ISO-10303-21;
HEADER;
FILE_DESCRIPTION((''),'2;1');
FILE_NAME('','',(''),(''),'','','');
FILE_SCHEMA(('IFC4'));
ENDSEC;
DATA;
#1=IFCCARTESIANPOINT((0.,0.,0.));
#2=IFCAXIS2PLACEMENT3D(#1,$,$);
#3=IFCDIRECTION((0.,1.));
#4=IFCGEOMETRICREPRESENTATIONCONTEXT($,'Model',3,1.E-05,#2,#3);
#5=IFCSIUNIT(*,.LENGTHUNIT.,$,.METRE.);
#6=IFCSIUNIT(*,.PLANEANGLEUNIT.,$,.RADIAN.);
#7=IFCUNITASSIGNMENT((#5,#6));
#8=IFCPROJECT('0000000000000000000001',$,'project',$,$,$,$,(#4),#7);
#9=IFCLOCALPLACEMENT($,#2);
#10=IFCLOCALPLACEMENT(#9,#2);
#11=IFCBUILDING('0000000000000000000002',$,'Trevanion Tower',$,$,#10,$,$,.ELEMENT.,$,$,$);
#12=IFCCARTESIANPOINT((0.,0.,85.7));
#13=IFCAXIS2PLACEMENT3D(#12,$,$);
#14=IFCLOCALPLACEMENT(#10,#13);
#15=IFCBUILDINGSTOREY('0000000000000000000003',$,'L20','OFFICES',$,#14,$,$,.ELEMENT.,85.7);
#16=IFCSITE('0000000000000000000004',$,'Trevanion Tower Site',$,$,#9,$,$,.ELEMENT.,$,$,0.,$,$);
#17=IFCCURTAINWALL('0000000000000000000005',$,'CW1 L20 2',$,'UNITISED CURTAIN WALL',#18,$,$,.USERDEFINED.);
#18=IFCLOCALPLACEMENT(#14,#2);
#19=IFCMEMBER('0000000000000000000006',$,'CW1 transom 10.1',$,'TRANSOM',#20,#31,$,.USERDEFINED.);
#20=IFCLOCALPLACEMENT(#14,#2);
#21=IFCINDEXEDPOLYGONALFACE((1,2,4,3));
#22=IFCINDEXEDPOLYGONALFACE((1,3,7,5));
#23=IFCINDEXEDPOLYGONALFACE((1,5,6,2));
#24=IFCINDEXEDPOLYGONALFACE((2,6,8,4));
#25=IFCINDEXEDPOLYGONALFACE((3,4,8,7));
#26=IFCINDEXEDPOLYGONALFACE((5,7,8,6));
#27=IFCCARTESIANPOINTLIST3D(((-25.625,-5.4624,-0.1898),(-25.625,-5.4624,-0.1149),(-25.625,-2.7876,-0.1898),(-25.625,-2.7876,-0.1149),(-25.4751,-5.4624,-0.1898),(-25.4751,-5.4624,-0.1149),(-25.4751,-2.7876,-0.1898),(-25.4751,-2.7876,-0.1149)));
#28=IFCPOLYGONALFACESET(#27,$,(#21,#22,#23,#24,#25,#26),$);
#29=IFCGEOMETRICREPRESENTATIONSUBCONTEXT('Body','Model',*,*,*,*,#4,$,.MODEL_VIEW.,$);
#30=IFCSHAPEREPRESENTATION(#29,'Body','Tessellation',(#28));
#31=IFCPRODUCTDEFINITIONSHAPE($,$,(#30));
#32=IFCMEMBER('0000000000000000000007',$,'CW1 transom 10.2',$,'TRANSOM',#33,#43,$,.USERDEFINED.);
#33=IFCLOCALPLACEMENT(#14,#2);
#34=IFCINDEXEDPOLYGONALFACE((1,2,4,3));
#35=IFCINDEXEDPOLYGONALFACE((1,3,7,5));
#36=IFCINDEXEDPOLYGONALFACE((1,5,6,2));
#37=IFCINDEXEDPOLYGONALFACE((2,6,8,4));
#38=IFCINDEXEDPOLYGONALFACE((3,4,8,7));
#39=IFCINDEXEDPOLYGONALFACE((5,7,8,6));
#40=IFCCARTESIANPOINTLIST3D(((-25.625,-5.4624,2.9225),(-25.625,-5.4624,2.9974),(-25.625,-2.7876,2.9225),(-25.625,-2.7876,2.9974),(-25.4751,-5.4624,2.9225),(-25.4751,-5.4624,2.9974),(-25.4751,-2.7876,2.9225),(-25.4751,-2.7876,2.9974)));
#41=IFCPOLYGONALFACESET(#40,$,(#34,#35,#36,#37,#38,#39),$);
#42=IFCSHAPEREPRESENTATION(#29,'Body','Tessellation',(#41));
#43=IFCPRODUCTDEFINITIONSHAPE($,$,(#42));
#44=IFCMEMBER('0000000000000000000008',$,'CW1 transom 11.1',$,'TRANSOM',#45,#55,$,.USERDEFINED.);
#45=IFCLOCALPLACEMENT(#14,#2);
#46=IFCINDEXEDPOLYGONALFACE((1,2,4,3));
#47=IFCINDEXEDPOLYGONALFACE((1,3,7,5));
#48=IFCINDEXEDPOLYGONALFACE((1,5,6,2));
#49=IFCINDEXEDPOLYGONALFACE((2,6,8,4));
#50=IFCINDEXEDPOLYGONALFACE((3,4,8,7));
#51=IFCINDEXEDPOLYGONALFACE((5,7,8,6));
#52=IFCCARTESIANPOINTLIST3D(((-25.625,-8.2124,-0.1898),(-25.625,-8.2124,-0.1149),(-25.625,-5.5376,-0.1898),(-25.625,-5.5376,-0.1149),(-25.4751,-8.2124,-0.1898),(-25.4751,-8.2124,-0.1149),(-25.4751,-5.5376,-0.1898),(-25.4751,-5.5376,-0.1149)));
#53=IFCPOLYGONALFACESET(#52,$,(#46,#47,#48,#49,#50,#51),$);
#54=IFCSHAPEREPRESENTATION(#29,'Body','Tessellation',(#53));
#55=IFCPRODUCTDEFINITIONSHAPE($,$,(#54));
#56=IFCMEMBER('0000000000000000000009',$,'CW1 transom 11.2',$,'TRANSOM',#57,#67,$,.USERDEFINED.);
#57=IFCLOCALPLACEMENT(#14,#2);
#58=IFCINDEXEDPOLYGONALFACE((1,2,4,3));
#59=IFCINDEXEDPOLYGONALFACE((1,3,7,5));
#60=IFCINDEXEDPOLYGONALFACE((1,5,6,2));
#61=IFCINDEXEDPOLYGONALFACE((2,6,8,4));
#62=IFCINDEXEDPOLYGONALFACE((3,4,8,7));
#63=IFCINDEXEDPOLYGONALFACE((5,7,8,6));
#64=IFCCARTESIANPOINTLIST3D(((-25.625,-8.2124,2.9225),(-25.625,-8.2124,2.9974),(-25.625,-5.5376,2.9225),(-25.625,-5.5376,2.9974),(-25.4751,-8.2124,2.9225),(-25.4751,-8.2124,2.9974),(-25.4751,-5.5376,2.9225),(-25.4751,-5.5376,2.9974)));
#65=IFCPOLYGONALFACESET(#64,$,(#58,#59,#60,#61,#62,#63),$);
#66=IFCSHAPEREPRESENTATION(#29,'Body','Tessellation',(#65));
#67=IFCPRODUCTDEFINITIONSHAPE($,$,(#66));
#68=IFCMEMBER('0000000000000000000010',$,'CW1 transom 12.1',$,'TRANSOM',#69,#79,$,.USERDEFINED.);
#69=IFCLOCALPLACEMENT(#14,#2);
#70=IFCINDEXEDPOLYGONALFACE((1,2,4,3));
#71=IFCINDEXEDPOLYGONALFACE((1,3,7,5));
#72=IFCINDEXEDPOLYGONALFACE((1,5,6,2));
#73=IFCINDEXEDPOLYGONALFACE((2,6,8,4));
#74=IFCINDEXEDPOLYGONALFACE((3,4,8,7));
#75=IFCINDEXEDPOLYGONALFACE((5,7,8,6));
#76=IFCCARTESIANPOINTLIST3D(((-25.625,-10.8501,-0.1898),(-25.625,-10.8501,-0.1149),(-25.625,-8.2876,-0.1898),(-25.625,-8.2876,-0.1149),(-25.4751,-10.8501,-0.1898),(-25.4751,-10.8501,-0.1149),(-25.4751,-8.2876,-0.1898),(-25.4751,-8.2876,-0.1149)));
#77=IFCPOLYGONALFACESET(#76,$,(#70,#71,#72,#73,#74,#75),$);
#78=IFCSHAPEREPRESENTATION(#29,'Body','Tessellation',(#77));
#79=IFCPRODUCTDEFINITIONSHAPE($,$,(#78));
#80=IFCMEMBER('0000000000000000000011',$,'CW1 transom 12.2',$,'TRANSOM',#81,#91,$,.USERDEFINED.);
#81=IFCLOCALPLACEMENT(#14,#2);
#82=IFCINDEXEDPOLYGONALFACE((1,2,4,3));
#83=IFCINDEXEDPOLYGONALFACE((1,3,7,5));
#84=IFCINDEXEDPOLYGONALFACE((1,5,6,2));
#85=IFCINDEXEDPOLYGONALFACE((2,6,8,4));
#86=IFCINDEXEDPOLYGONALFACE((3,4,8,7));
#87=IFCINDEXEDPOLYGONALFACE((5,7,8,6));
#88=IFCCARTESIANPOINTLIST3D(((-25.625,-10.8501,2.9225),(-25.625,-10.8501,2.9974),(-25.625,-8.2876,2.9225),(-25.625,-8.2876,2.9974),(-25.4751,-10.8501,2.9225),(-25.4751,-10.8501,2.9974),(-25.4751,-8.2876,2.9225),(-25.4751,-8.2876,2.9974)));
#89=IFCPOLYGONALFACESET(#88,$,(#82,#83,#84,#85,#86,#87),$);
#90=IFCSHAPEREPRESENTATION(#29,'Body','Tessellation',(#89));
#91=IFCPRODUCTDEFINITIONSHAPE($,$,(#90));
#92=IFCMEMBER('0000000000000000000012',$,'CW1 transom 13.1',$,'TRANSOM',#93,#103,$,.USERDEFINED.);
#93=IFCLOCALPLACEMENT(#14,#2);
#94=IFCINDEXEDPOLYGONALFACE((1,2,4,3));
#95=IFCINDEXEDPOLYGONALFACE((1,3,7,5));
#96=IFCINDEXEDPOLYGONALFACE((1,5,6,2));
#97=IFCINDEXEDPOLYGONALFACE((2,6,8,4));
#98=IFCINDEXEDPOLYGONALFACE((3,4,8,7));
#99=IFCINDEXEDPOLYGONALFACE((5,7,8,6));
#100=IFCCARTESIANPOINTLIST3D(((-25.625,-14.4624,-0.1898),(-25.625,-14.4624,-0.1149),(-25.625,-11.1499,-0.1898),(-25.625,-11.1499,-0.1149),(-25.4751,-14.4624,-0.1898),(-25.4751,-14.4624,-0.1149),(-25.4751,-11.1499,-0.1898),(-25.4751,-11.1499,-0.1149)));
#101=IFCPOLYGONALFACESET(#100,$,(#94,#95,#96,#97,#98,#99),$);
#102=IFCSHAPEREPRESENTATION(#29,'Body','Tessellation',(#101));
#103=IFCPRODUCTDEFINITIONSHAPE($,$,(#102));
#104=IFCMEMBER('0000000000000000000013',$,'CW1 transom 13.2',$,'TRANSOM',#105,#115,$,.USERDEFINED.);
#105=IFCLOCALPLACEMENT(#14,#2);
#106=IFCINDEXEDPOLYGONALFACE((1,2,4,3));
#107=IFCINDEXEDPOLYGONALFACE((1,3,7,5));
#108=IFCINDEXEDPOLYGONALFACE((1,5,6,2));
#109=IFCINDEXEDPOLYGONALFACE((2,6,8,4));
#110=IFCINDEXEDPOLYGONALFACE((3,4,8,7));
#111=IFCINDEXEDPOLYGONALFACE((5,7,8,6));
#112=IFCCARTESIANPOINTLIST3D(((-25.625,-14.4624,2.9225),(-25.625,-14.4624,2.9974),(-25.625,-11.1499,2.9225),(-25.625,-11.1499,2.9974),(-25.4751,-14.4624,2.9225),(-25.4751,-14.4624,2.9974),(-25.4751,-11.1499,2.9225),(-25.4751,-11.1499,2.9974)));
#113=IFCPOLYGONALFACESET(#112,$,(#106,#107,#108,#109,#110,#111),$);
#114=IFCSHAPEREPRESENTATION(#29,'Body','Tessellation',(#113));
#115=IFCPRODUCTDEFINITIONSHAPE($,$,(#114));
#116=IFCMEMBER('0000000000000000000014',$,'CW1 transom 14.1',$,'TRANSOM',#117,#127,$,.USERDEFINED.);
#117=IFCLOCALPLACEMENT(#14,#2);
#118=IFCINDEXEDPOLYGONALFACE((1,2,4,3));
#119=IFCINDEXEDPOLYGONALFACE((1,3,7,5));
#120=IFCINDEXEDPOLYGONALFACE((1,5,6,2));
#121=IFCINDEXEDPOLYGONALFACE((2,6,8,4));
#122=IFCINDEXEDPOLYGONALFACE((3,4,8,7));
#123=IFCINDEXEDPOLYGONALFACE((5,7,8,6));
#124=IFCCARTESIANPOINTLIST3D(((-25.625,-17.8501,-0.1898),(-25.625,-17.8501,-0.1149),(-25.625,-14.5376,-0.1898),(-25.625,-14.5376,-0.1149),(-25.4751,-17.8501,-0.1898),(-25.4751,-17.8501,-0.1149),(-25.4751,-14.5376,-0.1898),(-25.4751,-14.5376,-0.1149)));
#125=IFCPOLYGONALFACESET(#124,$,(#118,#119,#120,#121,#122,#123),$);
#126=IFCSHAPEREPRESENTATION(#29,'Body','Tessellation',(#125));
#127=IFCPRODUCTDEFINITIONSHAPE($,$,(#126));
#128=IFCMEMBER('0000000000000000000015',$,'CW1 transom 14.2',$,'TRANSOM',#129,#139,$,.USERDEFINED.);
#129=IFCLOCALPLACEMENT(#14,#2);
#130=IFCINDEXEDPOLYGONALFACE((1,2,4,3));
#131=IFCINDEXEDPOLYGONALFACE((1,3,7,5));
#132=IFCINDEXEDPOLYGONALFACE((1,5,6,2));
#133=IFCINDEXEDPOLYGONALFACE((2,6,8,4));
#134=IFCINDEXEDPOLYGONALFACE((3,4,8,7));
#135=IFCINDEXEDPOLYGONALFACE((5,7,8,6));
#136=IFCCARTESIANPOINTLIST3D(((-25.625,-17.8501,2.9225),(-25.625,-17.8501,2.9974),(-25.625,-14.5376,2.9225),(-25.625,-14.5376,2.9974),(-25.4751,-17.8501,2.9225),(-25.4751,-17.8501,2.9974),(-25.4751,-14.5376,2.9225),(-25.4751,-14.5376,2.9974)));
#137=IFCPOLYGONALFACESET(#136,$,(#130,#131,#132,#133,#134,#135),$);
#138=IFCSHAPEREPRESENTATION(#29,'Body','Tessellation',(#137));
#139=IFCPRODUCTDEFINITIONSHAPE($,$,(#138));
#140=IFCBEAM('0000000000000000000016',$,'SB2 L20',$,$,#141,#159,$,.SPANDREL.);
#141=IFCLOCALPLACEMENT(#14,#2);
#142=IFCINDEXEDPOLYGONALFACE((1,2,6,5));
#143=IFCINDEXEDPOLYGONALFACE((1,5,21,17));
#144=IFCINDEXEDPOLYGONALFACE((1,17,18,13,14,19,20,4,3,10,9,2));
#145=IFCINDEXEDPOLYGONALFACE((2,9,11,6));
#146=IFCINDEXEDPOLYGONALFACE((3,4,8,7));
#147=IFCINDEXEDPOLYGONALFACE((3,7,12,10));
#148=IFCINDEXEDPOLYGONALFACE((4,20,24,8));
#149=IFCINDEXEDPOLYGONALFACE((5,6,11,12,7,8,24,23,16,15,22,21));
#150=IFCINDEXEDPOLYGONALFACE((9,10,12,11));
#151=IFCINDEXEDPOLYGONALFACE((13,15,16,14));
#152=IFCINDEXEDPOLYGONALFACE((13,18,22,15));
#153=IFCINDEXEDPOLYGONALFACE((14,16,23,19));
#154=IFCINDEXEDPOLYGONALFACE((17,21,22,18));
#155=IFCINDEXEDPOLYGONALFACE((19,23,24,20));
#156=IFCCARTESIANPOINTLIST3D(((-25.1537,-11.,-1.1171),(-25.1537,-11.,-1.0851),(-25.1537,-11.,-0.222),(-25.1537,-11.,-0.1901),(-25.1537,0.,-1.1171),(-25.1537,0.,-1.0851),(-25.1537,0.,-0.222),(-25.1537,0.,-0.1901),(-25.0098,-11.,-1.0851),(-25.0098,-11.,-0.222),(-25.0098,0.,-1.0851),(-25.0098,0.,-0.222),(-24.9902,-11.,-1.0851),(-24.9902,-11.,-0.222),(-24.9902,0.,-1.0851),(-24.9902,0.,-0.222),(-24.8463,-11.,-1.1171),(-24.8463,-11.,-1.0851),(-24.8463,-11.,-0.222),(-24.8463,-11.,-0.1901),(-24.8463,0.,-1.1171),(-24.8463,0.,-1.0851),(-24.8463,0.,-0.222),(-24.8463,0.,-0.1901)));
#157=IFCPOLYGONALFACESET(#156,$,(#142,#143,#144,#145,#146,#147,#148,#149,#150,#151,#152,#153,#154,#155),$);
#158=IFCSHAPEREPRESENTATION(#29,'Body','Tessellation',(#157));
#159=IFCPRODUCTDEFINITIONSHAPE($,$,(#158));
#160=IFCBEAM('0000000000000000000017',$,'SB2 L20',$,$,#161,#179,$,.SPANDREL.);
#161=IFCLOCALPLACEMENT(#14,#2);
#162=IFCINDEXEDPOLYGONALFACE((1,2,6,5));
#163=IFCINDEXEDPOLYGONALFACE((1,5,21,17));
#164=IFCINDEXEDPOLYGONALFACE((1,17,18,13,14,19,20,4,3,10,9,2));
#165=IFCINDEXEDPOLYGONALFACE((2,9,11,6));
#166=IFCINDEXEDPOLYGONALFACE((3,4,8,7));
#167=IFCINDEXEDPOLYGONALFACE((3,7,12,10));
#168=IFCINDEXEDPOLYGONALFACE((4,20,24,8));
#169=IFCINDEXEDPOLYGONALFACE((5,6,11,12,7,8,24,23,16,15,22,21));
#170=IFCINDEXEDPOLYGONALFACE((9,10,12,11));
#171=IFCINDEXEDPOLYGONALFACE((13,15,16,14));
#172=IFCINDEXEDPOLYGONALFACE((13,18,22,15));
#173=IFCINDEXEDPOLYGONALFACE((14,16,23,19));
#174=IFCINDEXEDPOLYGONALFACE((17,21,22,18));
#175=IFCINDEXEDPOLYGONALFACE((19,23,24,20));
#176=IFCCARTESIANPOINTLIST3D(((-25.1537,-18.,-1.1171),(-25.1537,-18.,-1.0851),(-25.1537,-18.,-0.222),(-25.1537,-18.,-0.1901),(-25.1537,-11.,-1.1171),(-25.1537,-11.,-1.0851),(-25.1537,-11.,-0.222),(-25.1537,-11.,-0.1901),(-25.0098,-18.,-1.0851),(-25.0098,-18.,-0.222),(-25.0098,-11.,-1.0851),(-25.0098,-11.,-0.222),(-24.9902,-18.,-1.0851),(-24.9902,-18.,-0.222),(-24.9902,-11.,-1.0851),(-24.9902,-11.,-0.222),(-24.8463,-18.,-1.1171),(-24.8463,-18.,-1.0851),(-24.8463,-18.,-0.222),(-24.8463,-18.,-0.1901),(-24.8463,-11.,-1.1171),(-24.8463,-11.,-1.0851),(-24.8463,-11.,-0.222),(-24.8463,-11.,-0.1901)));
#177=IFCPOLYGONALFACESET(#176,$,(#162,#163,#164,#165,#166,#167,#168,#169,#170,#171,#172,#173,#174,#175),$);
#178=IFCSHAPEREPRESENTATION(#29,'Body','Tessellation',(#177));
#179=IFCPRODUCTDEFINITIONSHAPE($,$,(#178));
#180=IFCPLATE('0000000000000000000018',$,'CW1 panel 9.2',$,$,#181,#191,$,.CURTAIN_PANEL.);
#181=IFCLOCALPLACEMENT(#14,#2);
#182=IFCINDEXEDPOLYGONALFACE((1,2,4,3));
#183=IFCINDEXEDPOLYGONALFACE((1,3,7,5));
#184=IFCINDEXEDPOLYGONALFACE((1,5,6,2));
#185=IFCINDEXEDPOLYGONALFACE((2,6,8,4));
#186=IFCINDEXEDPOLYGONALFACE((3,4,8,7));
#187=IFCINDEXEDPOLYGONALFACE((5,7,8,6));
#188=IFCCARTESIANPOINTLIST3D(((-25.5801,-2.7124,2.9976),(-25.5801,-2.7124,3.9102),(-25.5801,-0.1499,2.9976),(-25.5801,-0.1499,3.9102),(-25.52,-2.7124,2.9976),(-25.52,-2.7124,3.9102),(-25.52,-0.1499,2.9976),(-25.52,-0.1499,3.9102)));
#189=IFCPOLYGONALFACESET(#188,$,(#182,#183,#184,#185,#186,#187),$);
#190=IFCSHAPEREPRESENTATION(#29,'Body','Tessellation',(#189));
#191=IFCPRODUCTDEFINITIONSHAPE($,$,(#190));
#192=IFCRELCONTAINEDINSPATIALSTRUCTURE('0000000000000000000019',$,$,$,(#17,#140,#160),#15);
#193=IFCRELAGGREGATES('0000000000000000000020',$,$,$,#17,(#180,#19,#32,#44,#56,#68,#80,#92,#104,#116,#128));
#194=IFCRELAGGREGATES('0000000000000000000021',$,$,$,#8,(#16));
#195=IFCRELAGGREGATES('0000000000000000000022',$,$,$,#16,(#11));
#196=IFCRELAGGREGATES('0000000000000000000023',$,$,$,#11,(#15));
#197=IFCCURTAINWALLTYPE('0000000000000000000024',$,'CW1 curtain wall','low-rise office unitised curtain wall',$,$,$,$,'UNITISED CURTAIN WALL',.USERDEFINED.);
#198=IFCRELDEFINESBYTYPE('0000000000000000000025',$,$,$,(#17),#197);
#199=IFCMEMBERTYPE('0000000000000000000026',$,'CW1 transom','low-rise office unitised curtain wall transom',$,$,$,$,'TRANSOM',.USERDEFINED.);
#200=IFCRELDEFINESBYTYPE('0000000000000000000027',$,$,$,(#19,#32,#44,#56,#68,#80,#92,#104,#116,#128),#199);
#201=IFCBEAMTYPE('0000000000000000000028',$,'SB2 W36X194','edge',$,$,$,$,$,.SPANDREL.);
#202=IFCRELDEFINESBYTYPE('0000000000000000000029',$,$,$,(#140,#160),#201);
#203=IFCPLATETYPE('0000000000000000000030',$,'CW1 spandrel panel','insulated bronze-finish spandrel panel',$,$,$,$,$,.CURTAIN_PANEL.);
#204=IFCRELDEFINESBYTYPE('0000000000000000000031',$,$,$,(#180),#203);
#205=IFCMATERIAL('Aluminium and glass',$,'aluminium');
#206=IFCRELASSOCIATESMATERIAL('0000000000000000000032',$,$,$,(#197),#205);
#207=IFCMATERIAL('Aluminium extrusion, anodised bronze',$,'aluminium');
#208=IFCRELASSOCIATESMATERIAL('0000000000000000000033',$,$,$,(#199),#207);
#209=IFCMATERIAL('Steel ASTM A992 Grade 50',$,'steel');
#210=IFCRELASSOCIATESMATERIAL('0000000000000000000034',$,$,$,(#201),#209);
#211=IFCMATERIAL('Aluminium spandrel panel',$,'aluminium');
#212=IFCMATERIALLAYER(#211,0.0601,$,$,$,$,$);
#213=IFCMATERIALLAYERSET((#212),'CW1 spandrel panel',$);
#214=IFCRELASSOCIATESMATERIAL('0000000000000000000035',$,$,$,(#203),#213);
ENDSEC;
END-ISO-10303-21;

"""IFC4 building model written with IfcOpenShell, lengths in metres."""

from ifc_helpers import new_model, si_unit, direction, frame, origin, origin_2d, place, context, subcontext, project, spatial, rectangle, i_section, extrude, material, layer, layer_set, material_profile, profile_set, type_object, element, aggregate, save


model = new_model("IFC4")

# Units and contexts
model_context = context("Model", 3, precision=1e-05, world=origin(), true_north=direction((0.0, 1.0)))
body_context = subcontext(model_context, "Body", "Model", "MODEL_VIEW")
ifc_project = project(units=[si_unit("LENGTHUNIT", "METRE"), si_unit("PLANEANGLEUNIT", "RADIAN")], contexts=[model_context])

# Site, building, storey
site_placement = place(None, origin())
site = spatial("IfcSite", under=ifc_project, at=site_placement, Name="Trevanion Tower Site", CompositionType="ELEMENT", RefElevation=0.0)
building_placement = place(site_placement, origin())
building = spatial("IfcBuilding", under=site, at=building_placement, Name="Trevanion Tower", CompositionType="ELEMENT")
storey_placement = place(building_placement, frame((0.0, 0.0, 85.7)))
storey = spatial("IfcBuildingStorey", under=building, at=storey_placement, Name="L20", Description="OFFICES", CompositionType="ELEMENT", Elevation=85.7)

# Curtain wall, members
ifc_material_1 = material(Name="Aluminium and glass", Category="aluminium")
curtain_wall_type = type_object("IfcCurtainWallType", Name="CW1 curtain wall", Description="low-rise office unitised curtain wall", ElementType="UNITISED CURTAIN WALL", PredefinedType="USERDEFINED", material=ifc_material_1)
curtain_wall_placement = place(storey_placement, origin())
curtain_wall = element("IfcCurtainWall", 1, at=curtain_wall_placement, inside=storey, type_object=curtain_wall_type, Name="CW1 L20 2", ObjectType="UNITISED CURTAIN WALL", PredefinedType="USERDEFINED")
ifc_material_2 = material(Name="Aluminium extrusion, anodised bronze", Category="aluminium")
ifc_material_profile_1 = material_profile(ifc_material_2, rectangle(XDim=0.1499, YDim=0.075, at=origin_2d()), Name="CW1 transom")
ifc_profile_set_1 = profile_set([ifc_material_profile_1], Name="Aluminium extrusion, anodised bronze")
member_type_1 = type_object("IfcMemberType", Name="CW1 transom", Description="low-rise office unitised curtain wall transom", ElementType="TRANSOM", PredefinedType="USERDEFINED", material=ifc_profile_set_1)
member_1_placement = place(storey_placement, frame((-25.55, -2.7876, -0.1523), z_axis=(0.0, -1.0, 0.0), x_axis=(1.0, 0.0, 0.0)))
member_1 = element("IfcMember", 2, at=member_1_placement, type_object=member_type_1, Name="CW1 transom 10.1", ObjectType="TRANSOM", PredefinedType="USERDEFINED", context=body_context, shape_type="SweptSolid", body=[
    extrude(rectangle(XDim=0.1499, YDim=0.075, at=origin_2d()), origin(), (0.0, 0.0, 1.0), 2.6748),
])
member_2_placement = place(storey_placement, frame((-25.55, -2.7876, 2.96), z_axis=(0.0, -1.0, 0.0), x_axis=(1.0, 0.0, 0.0)))
member_2 = element("IfcMember", 3, at=member_2_placement, type_object=member_type_1, Name="CW1 transom 10.2", ObjectType="TRANSOM", PredefinedType="USERDEFINED", context=body_context, shape_type="SweptSolid", body=[
    extrude(rectangle(XDim=0.1499, YDim=0.075, at=origin_2d()), origin(), (0.0, 0.0, 1.0), 2.6748),
])
member_3_placement = place(storey_placement, frame((-25.55, -5.5376, -0.1523), z_axis=(0.0, -1.0, 0.0), x_axis=(1.0, 0.0, 0.0)))
member_3 = element("IfcMember", 4, at=member_3_placement, type_object=member_type_1, Name="CW1 transom 11.1", ObjectType="TRANSOM", PredefinedType="USERDEFINED", context=body_context, shape_type="SweptSolid", body=[
    extrude(rectangle(XDim=0.1499, YDim=0.075, at=origin_2d()), origin(), (0.0, 0.0, 1.0), 2.6748),
])
member_4_placement = place(storey_placement, frame((-25.55, -5.5376, 2.96), z_axis=(0.0, -1.0, 0.0), x_axis=(1.0, 0.0, 0.0)))
member_4 = element("IfcMember", 5, at=member_4_placement, type_object=member_type_1, Name="CW1 transom 11.2", ObjectType="TRANSOM", PredefinedType="USERDEFINED", context=body_context, shape_type="SweptSolid", body=[
    extrude(rectangle(XDim=0.1499, YDim=0.075, at=origin_2d()), origin(), (0.0, 0.0, 1.0), 2.6748),
])
member_5_placement = place(storey_placement, frame((-25.55, -8.2876, -0.1523), z_axis=(0.0, -1.0, 0.0), x_axis=(1.0, 0.0, 0.0)))
member_5 = element("IfcMember", 6, at=member_5_placement, type_object=member_type_1, Name="CW1 transom 12.1", ObjectType="TRANSOM", PredefinedType="USERDEFINED", context=body_context, shape_type="SweptSolid", body=[
    extrude(rectangle(XDim=0.1499, YDim=0.075, at=origin_2d()), origin(), (0.0, 0.0, 1.0), 2.5625),
])
member_6_placement = place(storey_placement, frame((-25.55, -8.2876, 2.96), z_axis=(0.0, -1.0, 0.0), x_axis=(1.0, 0.0, 0.0)))
member_6 = element("IfcMember", 7, at=member_6_placement, type_object=member_type_1, Name="CW1 transom 12.2", ObjectType="TRANSOM", PredefinedType="USERDEFINED", context=body_context, shape_type="SweptSolid", body=[
    extrude(rectangle(XDim=0.1499, YDim=0.075, at=origin_2d()), origin(), (0.0, 0.0, 1.0), 2.5625),
])
member_7_placement = place(storey_placement, frame((-25.55, -11.1499, -0.1523), z_axis=(0.0, -1.0, 0.0), x_axis=(1.0, 0.0, 0.0)))
member_7 = element("IfcMember", 8, at=member_7_placement, type_object=member_type_1, Name="CW1 transom 13.1", ObjectType="TRANSOM", PredefinedType="USERDEFINED", context=body_context, shape_type="SweptSolid", body=[
    extrude(rectangle(XDim=0.1499, YDim=0.075, at=origin_2d()), origin(), (0.0, 0.0, 1.0), 3.3125),
])
member_8_placement = place(storey_placement, frame((-25.55, -11.1499, 2.96), z_axis=(0.0, -1.0, 0.0), x_axis=(1.0, 0.0, 0.0)))
member_8 = element("IfcMember", 9, at=member_8_placement, type_object=member_type_1, Name="CW1 transom 13.2", ObjectType="TRANSOM", PredefinedType="USERDEFINED", context=body_context, shape_type="SweptSolid", body=[
    extrude(rectangle(XDim=0.1499, YDim=0.075, at=origin_2d()), origin(), (0.0, 0.0, 1.0), 3.3125),
])
member_9_placement = place(storey_placement, frame((-25.55, -14.5376, -0.1523), z_axis=(0.0, -1.0, 0.0), x_axis=(1.0, 0.0, 0.0)))
member_9 = element("IfcMember", 10, at=member_9_placement, type_object=member_type_1, Name="CW1 transom 14.1", ObjectType="TRANSOM", PredefinedType="USERDEFINED", context=body_context, shape_type="SweptSolid", body=[
    extrude(rectangle(XDim=0.1499, YDim=0.075, at=origin_2d()), origin(), (0.0, 0.0, 1.0), 3.3125),
])
member_10_placement = place(storey_placement, frame((-25.55, -14.5376, 2.96), z_axis=(0.0, -1.0, 0.0), x_axis=(1.0, 0.0, 0.0)))
member_10 = element("IfcMember", 11, at=member_10_placement, type_object=member_type_1, Name="CW1 transom 14.2", ObjectType="TRANSOM", PredefinedType="USERDEFINED", context=body_context, shape_type="SweptSolid", body=[
    extrude(rectangle(XDim=0.1499, YDim=0.075, at=origin_2d()), origin(), (0.0, 0.0, 1.0), 3.3125),
])

# Beams
ifc_material_3 = material(Name="Steel ASTM A992 Grade 50", Category="steel")
ifc_material_profile_2 = material_profile(ifc_material_3, i_section(OverallWidth=0.3074, OverallDepth=0.927, WebThickness=0.0195, FlangeThickness=0.032, at=origin_2d()), Name="W36X194")
ifc_profile_set_2 = profile_set([ifc_material_profile_2], Name="Steel ASTM A992 Grade 50")
beam_type_1 = type_object("IfcBeamType", Name="SB2 W36X194", Description="edge", PredefinedType="SPANDREL", material=ifc_profile_set_2)
beam_1_placement = place(storey_placement, frame((-25.0, 0.0, -0.6536), z_axis=(0.0, -1.0, 0.0), x_axis=(1.0, 0.0, 0.0)))
element("IfcBeam", 12, at=beam_1_placement, inside=storey, type_object=beam_type_1, Name="SB2 L20", PredefinedType="SPANDREL", context=body_context, shape_type="SweptSolid", body=[
    extrude(i_section(OverallWidth=0.3074, OverallDepth=0.927, WebThickness=0.0195, FlangeThickness=0.032, at=origin_2d()), origin(), (0.0, 0.0, 1.0), 11.0),
])
beam_2_placement = place(storey_placement, frame((-25.0, -11.0, -0.6536), z_axis=(0.0, -1.0, 0.0), x_axis=(1.0, 0.0, 0.0)))
element("IfcBeam", 13, at=beam_2_placement, inside=storey, type_object=beam_type_1, Name="SB2 L20", PredefinedType="SPANDREL", context=body_context, shape_type="SweptSolid", body=[
    extrude(i_section(OverallWidth=0.3074, OverallDepth=0.927, WebThickness=0.0195, FlangeThickness=0.032, at=origin_2d()), origin(), (0.0, 0.0, 1.0), 7.0),
])

# Plate
ifc_material_4 = material(Name="Aluminium spandrel panel", Category="aluminium")
ifc_layer_1 = layer(ifc_material_4, 0.0601)
ifc_layer_set_1 = layer_set([ifc_layer_1], Name="CW1 spandrel panel")
plate_type_1 = type_object("IfcPlateType", Name="CW1 spandrel panel", Description="insulated bronze-finish spandrel panel", PredefinedType="CURTAIN_PANEL", material=ifc_layer_set_1)
plate_1_placement = place(storey_placement, frame((-25.55, -1.4312, 2.9976), z_axis=(0.0, 0.0, 1.0), x_axis=(0.0, -1.0, 0.0)))
plate_1 = element("IfcPlate", 14, at=plate_1_placement, type_object=plate_type_1, Name="CW1 panel 9.2", PredefinedType="CURTAIN_PANEL", context=body_context, shape_type="SweptSolid", body=[
    extrude(rectangle(XDim=2.5625, YDim=0.0601, at=origin_2d()), origin(), (0.0, 0.0, 1.0), 0.9126),
])
aggregate(curtain_wall, [plate_1, member_1, member_2, member_3, member_4, member_5, member_6, member_7, member_8, member_9, member_10])

save(model, "model.ifc")
